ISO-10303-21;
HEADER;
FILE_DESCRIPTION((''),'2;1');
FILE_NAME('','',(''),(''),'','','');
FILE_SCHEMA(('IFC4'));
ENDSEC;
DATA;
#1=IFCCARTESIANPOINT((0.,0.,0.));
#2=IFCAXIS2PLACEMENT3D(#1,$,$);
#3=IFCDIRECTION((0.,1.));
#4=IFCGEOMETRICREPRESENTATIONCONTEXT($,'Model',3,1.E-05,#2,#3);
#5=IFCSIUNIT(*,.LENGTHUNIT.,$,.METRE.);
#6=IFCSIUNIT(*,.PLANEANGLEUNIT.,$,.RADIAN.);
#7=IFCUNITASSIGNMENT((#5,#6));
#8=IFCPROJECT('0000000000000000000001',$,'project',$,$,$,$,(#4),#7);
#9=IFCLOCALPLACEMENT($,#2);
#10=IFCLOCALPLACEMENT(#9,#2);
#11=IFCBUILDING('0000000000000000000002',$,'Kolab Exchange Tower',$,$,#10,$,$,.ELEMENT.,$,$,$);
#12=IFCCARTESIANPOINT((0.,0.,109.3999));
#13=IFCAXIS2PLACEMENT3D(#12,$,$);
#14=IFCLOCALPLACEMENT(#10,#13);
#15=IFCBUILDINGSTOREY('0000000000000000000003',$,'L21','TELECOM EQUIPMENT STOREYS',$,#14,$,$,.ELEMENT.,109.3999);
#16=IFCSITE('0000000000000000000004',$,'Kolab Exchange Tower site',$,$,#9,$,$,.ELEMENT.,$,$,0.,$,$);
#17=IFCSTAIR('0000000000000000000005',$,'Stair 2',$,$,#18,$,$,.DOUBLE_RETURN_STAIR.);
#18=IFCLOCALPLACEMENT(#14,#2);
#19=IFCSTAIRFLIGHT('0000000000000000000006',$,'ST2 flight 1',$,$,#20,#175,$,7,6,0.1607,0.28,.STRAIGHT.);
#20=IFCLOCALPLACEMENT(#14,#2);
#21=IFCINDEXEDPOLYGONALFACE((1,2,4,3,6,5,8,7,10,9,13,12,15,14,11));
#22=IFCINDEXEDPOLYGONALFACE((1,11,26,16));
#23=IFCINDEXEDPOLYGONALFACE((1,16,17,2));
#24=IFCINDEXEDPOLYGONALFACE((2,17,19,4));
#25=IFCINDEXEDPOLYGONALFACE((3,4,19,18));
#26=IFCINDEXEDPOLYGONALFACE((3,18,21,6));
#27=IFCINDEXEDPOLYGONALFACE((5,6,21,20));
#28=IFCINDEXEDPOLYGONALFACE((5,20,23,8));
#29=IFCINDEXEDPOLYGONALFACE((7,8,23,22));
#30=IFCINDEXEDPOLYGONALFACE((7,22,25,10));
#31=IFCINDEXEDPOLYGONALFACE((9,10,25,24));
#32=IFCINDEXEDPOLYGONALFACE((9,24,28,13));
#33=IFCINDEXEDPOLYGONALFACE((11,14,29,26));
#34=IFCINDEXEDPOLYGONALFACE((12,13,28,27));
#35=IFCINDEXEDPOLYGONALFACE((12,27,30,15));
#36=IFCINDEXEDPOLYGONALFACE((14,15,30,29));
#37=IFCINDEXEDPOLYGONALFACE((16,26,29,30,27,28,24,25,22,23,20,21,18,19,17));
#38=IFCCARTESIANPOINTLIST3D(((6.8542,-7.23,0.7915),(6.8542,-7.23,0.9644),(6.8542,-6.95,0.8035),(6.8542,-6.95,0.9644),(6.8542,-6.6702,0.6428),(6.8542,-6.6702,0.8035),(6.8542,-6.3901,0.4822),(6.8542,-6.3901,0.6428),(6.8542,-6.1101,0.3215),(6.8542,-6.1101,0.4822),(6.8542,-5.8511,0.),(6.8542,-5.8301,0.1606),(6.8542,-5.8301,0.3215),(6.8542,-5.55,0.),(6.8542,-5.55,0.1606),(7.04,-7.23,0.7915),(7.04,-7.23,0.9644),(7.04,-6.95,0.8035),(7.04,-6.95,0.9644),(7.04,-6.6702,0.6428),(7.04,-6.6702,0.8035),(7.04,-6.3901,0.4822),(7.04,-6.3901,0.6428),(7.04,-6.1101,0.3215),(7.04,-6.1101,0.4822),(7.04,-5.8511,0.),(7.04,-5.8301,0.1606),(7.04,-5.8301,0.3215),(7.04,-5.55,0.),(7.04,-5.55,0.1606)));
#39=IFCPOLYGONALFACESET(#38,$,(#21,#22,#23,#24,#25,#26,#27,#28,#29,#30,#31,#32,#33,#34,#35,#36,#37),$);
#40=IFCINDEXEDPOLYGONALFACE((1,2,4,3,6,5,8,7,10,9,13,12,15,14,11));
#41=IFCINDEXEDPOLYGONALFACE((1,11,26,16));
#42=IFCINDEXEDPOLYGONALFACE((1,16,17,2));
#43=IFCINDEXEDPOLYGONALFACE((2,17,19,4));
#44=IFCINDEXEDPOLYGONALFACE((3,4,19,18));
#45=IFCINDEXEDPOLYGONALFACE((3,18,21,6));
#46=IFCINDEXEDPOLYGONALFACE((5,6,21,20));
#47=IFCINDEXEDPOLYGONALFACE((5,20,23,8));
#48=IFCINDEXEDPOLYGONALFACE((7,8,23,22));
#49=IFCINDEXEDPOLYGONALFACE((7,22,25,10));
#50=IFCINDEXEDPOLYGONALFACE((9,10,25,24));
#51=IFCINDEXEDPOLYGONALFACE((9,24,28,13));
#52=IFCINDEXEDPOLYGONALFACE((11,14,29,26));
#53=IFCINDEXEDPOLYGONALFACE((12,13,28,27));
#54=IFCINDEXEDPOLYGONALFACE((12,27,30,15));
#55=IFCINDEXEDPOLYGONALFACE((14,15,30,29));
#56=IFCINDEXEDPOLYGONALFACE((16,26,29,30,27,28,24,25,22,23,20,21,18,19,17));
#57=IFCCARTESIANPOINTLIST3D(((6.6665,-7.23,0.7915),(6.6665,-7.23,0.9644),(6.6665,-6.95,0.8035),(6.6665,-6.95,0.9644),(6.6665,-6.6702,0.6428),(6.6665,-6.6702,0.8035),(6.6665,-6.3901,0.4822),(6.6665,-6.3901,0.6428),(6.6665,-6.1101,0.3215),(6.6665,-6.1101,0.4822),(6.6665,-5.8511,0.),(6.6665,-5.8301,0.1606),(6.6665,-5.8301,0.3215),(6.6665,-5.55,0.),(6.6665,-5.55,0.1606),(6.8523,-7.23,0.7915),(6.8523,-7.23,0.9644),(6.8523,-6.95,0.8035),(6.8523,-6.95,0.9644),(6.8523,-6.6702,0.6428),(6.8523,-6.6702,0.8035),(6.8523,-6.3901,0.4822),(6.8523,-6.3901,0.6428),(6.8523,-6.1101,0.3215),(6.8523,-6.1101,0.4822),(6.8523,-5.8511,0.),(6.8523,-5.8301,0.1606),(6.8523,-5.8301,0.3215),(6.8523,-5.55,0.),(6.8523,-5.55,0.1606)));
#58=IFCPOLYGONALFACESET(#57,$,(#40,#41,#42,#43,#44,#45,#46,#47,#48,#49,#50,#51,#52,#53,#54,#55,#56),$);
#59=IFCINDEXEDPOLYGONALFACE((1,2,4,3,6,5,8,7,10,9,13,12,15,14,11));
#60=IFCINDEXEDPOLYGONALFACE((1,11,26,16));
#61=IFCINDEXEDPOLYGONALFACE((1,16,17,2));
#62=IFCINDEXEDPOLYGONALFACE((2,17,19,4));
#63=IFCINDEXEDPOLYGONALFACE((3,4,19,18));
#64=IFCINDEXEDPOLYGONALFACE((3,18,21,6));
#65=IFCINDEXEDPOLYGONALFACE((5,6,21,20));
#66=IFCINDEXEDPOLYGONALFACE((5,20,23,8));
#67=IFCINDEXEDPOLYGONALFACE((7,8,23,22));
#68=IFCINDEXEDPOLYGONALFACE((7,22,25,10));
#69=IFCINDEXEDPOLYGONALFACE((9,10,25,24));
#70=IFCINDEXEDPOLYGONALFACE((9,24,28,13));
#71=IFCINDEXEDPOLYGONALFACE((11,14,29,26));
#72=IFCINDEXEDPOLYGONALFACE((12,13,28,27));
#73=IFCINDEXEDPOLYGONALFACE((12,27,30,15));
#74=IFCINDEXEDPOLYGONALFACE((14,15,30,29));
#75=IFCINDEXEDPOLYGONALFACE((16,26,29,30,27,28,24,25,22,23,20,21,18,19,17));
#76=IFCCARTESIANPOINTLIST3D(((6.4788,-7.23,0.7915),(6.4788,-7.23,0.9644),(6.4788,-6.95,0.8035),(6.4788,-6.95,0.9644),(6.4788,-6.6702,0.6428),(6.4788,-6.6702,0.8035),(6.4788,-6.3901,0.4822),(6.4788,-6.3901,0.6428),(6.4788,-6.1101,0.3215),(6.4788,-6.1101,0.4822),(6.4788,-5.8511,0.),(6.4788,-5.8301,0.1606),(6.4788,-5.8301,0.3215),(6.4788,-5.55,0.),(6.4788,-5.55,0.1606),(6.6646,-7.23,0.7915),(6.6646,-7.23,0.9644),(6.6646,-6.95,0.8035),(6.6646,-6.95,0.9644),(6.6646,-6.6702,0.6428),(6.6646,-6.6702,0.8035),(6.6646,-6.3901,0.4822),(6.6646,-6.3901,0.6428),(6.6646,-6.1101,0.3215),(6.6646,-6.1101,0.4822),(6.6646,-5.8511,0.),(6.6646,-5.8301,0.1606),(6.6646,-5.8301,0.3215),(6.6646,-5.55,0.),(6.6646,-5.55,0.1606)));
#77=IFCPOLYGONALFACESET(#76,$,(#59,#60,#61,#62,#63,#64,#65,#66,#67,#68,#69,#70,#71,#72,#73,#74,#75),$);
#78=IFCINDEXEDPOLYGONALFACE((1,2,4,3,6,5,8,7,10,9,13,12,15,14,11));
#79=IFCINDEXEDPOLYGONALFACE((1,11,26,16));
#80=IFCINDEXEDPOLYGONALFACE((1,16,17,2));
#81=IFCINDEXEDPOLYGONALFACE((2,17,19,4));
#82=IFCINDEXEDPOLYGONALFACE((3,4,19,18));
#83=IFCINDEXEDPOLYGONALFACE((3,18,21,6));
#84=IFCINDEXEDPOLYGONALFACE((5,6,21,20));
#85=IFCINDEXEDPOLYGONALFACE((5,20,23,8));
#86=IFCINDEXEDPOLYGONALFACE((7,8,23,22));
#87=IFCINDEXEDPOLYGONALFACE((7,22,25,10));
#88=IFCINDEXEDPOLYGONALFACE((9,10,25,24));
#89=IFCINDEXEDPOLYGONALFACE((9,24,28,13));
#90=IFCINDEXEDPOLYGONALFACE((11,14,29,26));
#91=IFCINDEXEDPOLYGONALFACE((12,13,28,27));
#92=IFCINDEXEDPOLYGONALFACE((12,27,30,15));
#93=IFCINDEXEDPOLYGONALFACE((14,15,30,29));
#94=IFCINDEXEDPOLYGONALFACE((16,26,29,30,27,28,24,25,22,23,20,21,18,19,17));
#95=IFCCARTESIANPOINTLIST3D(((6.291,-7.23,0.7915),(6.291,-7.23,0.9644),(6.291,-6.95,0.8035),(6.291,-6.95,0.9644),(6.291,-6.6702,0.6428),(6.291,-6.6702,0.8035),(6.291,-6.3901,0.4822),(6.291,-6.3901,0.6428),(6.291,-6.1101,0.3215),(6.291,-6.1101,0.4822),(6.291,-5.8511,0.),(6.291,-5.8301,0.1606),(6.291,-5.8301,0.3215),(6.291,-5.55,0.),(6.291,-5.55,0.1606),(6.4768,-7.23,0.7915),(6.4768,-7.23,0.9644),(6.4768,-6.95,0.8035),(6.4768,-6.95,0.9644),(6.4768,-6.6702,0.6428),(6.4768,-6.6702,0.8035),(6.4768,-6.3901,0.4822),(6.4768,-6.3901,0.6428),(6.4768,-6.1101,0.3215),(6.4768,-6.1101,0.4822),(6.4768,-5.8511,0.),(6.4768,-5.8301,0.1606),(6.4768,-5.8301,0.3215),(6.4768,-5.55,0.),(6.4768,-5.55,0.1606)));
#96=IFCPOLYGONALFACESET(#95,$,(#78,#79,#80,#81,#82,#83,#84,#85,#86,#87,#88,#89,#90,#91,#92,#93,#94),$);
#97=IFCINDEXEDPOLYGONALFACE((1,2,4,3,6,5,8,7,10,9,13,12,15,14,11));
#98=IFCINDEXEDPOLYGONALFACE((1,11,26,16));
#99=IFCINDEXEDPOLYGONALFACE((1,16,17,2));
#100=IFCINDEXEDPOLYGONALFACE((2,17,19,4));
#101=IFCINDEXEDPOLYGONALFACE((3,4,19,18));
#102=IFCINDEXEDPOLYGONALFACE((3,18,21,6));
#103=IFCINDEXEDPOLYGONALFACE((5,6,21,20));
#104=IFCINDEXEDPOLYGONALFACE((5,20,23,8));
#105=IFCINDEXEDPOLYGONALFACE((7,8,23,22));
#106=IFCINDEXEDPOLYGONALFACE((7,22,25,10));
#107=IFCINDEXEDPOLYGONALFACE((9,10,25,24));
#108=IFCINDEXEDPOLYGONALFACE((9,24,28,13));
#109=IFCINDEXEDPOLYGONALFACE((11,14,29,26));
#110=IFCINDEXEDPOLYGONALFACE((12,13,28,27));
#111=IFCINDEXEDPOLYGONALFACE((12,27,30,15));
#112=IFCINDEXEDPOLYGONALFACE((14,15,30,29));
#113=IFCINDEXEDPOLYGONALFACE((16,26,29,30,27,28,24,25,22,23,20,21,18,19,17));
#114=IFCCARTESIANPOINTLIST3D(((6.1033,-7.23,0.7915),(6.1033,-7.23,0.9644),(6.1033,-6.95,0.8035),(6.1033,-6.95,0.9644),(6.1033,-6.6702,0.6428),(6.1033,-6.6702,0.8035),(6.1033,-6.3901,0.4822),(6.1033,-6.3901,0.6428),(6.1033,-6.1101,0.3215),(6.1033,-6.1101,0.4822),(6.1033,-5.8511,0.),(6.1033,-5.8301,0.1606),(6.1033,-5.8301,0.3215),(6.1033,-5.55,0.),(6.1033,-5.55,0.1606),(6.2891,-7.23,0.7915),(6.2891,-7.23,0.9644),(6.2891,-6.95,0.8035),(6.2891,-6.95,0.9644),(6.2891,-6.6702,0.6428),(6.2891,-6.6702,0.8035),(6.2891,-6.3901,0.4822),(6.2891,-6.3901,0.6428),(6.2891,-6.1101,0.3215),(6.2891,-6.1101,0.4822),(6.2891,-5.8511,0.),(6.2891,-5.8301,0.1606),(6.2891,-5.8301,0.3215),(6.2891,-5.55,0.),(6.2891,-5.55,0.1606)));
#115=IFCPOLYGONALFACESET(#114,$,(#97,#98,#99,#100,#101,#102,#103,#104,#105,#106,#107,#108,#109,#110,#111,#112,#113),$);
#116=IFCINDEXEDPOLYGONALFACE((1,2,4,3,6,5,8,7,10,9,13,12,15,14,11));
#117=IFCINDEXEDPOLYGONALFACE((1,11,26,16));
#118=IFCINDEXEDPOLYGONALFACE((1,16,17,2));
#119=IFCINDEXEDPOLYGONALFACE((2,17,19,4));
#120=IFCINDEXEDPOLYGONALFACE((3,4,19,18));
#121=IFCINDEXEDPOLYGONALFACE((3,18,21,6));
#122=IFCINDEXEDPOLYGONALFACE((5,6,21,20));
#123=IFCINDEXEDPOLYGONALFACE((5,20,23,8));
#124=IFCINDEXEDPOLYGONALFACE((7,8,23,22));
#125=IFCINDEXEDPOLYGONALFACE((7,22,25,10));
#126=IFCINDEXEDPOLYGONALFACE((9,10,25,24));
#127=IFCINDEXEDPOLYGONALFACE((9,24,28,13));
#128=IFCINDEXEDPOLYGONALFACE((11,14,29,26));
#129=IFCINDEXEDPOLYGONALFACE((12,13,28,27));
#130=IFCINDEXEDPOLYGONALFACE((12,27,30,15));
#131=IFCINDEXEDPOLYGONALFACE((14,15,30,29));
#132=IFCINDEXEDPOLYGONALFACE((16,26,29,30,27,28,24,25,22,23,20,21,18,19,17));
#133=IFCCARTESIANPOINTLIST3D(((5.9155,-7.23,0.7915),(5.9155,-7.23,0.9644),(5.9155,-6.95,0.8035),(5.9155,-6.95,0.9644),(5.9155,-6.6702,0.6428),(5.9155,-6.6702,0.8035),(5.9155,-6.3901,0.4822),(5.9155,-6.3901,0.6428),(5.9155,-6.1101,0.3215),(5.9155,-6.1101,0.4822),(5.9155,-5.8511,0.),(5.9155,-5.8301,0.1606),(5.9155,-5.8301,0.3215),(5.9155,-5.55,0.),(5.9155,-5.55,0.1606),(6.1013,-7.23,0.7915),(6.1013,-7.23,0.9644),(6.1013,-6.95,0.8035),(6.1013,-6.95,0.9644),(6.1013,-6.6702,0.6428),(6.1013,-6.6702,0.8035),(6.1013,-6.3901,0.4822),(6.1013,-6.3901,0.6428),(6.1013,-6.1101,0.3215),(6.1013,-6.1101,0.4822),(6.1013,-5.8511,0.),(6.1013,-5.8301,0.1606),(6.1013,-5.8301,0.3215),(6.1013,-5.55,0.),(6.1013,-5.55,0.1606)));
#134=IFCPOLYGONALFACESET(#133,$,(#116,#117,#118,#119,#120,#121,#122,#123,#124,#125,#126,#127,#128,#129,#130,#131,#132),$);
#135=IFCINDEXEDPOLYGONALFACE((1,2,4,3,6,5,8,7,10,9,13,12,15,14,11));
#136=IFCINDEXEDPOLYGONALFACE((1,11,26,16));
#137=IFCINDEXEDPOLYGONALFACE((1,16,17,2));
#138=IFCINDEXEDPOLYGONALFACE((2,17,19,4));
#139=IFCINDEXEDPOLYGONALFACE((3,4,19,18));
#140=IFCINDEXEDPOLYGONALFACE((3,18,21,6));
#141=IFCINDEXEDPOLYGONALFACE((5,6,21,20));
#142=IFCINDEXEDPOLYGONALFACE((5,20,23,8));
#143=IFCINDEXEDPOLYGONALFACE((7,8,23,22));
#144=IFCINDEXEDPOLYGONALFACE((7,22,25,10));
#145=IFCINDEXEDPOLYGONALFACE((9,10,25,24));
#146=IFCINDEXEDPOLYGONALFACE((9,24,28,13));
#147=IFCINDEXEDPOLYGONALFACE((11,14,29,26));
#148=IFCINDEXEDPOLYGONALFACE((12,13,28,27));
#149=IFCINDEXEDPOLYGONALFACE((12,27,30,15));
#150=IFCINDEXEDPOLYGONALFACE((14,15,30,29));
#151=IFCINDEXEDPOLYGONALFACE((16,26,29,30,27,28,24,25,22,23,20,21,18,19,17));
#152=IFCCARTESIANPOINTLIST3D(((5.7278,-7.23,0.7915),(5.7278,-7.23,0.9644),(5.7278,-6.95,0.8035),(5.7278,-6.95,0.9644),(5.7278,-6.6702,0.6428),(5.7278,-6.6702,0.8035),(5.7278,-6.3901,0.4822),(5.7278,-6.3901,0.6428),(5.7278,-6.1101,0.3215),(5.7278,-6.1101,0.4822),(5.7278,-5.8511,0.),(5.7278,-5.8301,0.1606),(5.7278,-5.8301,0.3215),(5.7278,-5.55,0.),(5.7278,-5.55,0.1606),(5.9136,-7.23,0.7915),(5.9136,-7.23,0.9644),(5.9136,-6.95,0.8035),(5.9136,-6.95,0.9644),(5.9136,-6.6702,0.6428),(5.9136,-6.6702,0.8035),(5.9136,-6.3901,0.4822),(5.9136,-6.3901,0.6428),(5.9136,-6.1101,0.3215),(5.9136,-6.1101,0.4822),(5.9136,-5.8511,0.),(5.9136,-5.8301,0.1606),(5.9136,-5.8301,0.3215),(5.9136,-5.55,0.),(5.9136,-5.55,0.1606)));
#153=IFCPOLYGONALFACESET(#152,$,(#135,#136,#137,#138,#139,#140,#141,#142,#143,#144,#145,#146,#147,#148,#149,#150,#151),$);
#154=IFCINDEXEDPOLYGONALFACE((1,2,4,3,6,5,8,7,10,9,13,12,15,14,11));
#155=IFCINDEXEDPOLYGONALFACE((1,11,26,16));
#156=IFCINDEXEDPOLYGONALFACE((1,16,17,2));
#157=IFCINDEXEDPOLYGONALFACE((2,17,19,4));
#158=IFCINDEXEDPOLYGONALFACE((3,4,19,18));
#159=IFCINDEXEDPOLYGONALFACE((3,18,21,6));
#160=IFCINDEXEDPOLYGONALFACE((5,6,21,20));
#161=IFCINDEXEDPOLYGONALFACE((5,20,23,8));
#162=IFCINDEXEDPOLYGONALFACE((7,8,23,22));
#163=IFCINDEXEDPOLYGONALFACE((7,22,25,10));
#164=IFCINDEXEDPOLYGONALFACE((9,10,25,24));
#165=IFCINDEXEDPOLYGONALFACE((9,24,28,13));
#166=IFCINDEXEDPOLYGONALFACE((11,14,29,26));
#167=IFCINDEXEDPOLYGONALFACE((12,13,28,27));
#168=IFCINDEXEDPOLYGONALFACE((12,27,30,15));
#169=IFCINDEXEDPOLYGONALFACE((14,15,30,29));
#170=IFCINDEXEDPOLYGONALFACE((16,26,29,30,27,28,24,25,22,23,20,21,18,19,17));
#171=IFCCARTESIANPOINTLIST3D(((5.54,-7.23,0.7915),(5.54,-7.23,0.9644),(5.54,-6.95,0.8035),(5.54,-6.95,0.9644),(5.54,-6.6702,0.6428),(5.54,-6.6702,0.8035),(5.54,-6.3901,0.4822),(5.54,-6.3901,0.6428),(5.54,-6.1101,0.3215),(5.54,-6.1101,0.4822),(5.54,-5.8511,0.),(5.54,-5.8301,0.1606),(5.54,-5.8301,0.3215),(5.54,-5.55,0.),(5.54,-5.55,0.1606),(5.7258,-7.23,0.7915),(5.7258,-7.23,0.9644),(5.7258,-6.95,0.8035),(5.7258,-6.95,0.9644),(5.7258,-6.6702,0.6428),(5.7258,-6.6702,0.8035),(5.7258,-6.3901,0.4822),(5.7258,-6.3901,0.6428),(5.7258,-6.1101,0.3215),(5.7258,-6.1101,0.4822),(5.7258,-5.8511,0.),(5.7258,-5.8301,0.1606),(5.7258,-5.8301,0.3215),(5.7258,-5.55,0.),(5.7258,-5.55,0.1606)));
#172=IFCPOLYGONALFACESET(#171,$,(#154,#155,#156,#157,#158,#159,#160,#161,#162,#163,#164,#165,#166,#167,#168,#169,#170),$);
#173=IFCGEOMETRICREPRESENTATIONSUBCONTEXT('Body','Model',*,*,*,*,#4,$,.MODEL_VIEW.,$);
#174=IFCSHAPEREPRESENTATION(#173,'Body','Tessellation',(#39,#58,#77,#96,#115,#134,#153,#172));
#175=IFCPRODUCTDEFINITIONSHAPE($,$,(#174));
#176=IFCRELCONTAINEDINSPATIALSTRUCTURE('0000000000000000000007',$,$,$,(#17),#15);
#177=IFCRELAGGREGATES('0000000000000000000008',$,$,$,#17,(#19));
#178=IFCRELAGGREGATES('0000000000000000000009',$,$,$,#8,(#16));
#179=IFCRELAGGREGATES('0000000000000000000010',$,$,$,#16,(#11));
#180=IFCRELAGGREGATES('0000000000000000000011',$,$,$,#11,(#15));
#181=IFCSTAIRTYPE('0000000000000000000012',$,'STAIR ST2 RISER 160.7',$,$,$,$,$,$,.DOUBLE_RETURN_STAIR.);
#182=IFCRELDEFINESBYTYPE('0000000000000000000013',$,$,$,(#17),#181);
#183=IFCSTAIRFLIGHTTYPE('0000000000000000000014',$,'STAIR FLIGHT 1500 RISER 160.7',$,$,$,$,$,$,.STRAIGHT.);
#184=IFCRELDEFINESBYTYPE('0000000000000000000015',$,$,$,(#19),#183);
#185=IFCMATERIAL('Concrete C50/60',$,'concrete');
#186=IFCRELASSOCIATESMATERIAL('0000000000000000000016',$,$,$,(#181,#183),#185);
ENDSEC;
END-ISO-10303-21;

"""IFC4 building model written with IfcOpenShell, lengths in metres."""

from ifc_helpers import new_model, si_unit, direction, frame, origin, place, context, subcontext, project, spatial, polyline, outline, extrude, material, type_object, element, aggregate, save


model = new_model("IFC4")

# Units and contexts
model_context = context("Model", 3, precision=1e-05, world=origin(), true_north=direction((0.0, 1.0)))
body_context = subcontext(model_context, "Body", "Model", "MODEL_VIEW")
ifc_project = project(units=[si_unit("LENGTHUNIT", "METRE"), si_unit("PLANEANGLEUNIT", "RADIAN")], contexts=[model_context])

# Site, building, storey
site_placement = place(None, origin())
site = spatial("IfcSite", under=ifc_project, at=site_placement, Name="Kolab Exchange Tower site", CompositionType="ELEMENT", RefElevation=0.0)
building_placement = place(site_placement, origin())
building = spatial("IfcBuilding", under=site, at=building_placement, Name="Kolab Exchange Tower", CompositionType="ELEMENT")
storey_placement = place(building_placement, frame((0.0, 0.0, 109.3999)))
storey = spatial("IfcBuildingStorey", under=building, at=storey_placement, Name="L21", Description="TELECOM EQUIPMENT STOREYS", CompositionType="ELEMENT", Elevation=109.3999)

# Shared definitions
ifc_material_1 = material(Name="Concrete C50/60", Category="concrete")

# Stair, stair flight
stair_type = type_object("IfcStairType", Name="STAIR ST2 RISER 160.7", PredefinedType="DOUBLE_RETURN_STAIR", material=ifc_material_1)
stair_placement = place(storey_placement, origin())
stair = element("IfcStair", 1, at=stair_placement, inside=storey, type_object=stair_type, Name="Stair 2", PredefinedType="DOUBLE_RETURN_STAIR")
stair_flight_type = type_object("IfcStairFlightType", Name="STAIR FLIGHT 1500 RISER 160.7", PredefinedType="STRAIGHT", material=ifc_material_1)
stair_flight_1_placement = place(storey_placement, frame((6.29, -5.55, 0.0), z_axis=(0.0, 0.0, 1.0), x_axis=(0.0, -1.0, 0.0)))
stair_flight_1 = element("IfcStairFlight", 2, at=stair_flight_1_placement, type_object=stair_flight_type, Name="ST2 flight 1", NumberOfRisers=7, NumberOfTreads=6, PredefinedType="STRAIGHT", RiserHeight=0.1607, TreadLength=0.28, context=body_context, shape_type="SweptSolid", body=[
    extrude(outline(polyline([(0.0, 0.0), (0.0, 0.1606), (0.28, 0.1606), (0.28, 0.3215), (0.5601, 0.3215), (0.5601, 0.4822), (0.8401, 0.4822), (0.8401, 0.6428), (1.1201, 0.6428), (1.1201, 0.8035), (1.3999, 0.8035), (1.3999, 0.9644), (1.6799, 0.9644), (1.6799, 1.125), (1.6799, 0.7915), (0.301, 0.0), (0.0, 0.0)])), frame((0.0, 0.75, 0.0), z_axis=(0.0, -1.0, 0.0), x_axis=(1.0, 0.0, 0.0)), (0.0, 0.0, 1.0), 0.1858),
    extrude(outline(polyline([(0.0, 0.0), (0.0, 0.1606), (0.28, 0.1606), (0.28, 0.3215), (0.5601, 0.3215), (0.5601, 0.4822), (0.8401, 0.4822), (0.8401, 0.6428), (1.1201, 0.6428), (1.1201, 0.8035), (1.3999, 0.8035), (1.3999, 0.9644), (1.6799, 0.9644), (1.6799, 1.125), (1.6799, 0.7915), (0.301, 0.0), (0.0, 0.0)])), frame((0.0, 0.5623, 0.0), z_axis=(0.0, -1.0, 0.0), x_axis=(1.0, 0.0, 0.0)), (0.0, 0.0, 1.0), 0.1858),
    extrude(outline(polyline([(0.0, 0.0), (0.0, 0.1606), (0.28, 0.1606), (0.28, 0.3215), (0.5601, 0.3215), (0.5601, 0.4822), (0.8401, 0.4822), (0.8401, 0.6428), (1.1201, 0.6428), (1.1201, 0.8035), (1.3999, 0.8035), (1.3999, 0.9644), (1.6799, 0.9644), (1.6799, 1.125), (1.6799, 0.7915), (0.301, 0.0), (0.0, 0.0)])), frame((0.0, 0.3745, 0.0), z_axis=(0.0, -1.0, 0.0), x_axis=(1.0, 0.0, 0.0)), (0.0, 0.0, 1.0), 0.1858),
    extrude(outline(polyline([(0.0, 0.0), (0.0, 0.1606), (0.28, 0.1606), (0.28, 0.3215), (0.5601, 0.3215), (0.5601, 0.4822), (0.8401, 0.4822), (0.8401, 0.6428), (1.1201, 0.6428), (1.1201, 0.8035), (1.3999, 0.8035), (1.3999, 0.9644), (1.6799, 0.9644), (1.6799, 1.125), (1.6799, 0.7915), (0.301, 0.0), (0.0, 0.0)])), frame((0.0, 0.1868, 0.0), z_axis=(0.0, -1.0, 0.0), x_axis=(1.0, 0.0, 0.0)), (0.0, 0.0, 1.0), 0.1858),
    extrude(outline(polyline([(0.0, 0.0), (0.0, 0.1606), (0.28, 0.1606), (0.28, 0.3215), (0.5601, 0.3215), (0.5601, 0.4822), (0.8401, 0.4822), (0.8401, 0.6428), (1.1201, 0.6428), (1.1201, 0.8035), (1.3999, 0.8035), (1.3999, 0.9644), (1.6799, 0.9644), (1.6799, 1.125), (1.6799, 0.7915), (0.301, 0.0), (0.0, 0.0)])), frame((0.0, -0.001, 0.0), z_axis=(0.0, -1.0, 0.0), x_axis=(1.0, 0.0, 0.0)), (0.0, 0.0, 1.0), 0.1858),
    extrude(outline(polyline([(0.0, 0.0), (0.0, 0.1606), (0.28, 0.1606), (0.28, 0.3215), (0.5601, 0.3215), (0.5601, 0.4822), (0.8401, 0.4822), (0.8401, 0.6428), (1.1201, 0.6428), (1.1201, 0.8035), (1.3999, 0.8035), (1.3999, 0.9644), (1.6799, 0.9644), (1.6799, 1.125), (1.6799, 0.7915), (0.301, 0.0), (0.0, 0.0)])), frame((0.0, -0.1887, 0.0), z_axis=(0.0, -1.0, 0.0), x_axis=(1.0, 0.0, 0.0)), (0.0, 0.0, 1.0), 0.1858),
    extrude(outline(polyline([(0.0, 0.0), (0.0, 0.1606), (0.28, 0.1606), (0.28, 0.3215), (0.5601, 0.3215), (0.5601, 0.4822), (0.8401, 0.4822), (0.8401, 0.6428), (1.1201, 0.6428), (1.1201, 0.8035), (1.3999, 0.8035), (1.3999, 0.9644), (1.6799, 0.9644), (1.6799, 1.125), (1.6799, 0.7915), (0.301, 0.0), (0.0, 0.0)])), frame((0.0, -0.3765, 0.0), z_axis=(0.0, -1.0, 0.0), x_axis=(1.0, 0.0, 0.0)), (0.0, 0.0, 1.0), 0.1858),
    extrude(outline(polyline([(0.0, 0.0), (0.0, 0.1606), (0.28, 0.1606), (0.28, 0.3215), (0.5601, 0.3215), (0.5601, 0.4822), (0.8401, 0.4822), (0.8401, 0.6428), (1.1201, 0.6428), (1.1201, 0.8035), (1.3999, 0.8035), (1.3999, 0.9644), (1.6799, 0.9644), (1.6799, 1.125), (1.6799, 0.7915), (0.301, 0.0), (0.0, 0.0)])), frame((0.0, -0.5642, 0.0), z_axis=(0.0, -1.0, 0.0), x_axis=(1.0, 0.0, 0.0)), (0.0, 0.0, 1.0), 0.1858),
])
aggregate(stair, [stair_flight_1])

save(model, "model.ifc")
